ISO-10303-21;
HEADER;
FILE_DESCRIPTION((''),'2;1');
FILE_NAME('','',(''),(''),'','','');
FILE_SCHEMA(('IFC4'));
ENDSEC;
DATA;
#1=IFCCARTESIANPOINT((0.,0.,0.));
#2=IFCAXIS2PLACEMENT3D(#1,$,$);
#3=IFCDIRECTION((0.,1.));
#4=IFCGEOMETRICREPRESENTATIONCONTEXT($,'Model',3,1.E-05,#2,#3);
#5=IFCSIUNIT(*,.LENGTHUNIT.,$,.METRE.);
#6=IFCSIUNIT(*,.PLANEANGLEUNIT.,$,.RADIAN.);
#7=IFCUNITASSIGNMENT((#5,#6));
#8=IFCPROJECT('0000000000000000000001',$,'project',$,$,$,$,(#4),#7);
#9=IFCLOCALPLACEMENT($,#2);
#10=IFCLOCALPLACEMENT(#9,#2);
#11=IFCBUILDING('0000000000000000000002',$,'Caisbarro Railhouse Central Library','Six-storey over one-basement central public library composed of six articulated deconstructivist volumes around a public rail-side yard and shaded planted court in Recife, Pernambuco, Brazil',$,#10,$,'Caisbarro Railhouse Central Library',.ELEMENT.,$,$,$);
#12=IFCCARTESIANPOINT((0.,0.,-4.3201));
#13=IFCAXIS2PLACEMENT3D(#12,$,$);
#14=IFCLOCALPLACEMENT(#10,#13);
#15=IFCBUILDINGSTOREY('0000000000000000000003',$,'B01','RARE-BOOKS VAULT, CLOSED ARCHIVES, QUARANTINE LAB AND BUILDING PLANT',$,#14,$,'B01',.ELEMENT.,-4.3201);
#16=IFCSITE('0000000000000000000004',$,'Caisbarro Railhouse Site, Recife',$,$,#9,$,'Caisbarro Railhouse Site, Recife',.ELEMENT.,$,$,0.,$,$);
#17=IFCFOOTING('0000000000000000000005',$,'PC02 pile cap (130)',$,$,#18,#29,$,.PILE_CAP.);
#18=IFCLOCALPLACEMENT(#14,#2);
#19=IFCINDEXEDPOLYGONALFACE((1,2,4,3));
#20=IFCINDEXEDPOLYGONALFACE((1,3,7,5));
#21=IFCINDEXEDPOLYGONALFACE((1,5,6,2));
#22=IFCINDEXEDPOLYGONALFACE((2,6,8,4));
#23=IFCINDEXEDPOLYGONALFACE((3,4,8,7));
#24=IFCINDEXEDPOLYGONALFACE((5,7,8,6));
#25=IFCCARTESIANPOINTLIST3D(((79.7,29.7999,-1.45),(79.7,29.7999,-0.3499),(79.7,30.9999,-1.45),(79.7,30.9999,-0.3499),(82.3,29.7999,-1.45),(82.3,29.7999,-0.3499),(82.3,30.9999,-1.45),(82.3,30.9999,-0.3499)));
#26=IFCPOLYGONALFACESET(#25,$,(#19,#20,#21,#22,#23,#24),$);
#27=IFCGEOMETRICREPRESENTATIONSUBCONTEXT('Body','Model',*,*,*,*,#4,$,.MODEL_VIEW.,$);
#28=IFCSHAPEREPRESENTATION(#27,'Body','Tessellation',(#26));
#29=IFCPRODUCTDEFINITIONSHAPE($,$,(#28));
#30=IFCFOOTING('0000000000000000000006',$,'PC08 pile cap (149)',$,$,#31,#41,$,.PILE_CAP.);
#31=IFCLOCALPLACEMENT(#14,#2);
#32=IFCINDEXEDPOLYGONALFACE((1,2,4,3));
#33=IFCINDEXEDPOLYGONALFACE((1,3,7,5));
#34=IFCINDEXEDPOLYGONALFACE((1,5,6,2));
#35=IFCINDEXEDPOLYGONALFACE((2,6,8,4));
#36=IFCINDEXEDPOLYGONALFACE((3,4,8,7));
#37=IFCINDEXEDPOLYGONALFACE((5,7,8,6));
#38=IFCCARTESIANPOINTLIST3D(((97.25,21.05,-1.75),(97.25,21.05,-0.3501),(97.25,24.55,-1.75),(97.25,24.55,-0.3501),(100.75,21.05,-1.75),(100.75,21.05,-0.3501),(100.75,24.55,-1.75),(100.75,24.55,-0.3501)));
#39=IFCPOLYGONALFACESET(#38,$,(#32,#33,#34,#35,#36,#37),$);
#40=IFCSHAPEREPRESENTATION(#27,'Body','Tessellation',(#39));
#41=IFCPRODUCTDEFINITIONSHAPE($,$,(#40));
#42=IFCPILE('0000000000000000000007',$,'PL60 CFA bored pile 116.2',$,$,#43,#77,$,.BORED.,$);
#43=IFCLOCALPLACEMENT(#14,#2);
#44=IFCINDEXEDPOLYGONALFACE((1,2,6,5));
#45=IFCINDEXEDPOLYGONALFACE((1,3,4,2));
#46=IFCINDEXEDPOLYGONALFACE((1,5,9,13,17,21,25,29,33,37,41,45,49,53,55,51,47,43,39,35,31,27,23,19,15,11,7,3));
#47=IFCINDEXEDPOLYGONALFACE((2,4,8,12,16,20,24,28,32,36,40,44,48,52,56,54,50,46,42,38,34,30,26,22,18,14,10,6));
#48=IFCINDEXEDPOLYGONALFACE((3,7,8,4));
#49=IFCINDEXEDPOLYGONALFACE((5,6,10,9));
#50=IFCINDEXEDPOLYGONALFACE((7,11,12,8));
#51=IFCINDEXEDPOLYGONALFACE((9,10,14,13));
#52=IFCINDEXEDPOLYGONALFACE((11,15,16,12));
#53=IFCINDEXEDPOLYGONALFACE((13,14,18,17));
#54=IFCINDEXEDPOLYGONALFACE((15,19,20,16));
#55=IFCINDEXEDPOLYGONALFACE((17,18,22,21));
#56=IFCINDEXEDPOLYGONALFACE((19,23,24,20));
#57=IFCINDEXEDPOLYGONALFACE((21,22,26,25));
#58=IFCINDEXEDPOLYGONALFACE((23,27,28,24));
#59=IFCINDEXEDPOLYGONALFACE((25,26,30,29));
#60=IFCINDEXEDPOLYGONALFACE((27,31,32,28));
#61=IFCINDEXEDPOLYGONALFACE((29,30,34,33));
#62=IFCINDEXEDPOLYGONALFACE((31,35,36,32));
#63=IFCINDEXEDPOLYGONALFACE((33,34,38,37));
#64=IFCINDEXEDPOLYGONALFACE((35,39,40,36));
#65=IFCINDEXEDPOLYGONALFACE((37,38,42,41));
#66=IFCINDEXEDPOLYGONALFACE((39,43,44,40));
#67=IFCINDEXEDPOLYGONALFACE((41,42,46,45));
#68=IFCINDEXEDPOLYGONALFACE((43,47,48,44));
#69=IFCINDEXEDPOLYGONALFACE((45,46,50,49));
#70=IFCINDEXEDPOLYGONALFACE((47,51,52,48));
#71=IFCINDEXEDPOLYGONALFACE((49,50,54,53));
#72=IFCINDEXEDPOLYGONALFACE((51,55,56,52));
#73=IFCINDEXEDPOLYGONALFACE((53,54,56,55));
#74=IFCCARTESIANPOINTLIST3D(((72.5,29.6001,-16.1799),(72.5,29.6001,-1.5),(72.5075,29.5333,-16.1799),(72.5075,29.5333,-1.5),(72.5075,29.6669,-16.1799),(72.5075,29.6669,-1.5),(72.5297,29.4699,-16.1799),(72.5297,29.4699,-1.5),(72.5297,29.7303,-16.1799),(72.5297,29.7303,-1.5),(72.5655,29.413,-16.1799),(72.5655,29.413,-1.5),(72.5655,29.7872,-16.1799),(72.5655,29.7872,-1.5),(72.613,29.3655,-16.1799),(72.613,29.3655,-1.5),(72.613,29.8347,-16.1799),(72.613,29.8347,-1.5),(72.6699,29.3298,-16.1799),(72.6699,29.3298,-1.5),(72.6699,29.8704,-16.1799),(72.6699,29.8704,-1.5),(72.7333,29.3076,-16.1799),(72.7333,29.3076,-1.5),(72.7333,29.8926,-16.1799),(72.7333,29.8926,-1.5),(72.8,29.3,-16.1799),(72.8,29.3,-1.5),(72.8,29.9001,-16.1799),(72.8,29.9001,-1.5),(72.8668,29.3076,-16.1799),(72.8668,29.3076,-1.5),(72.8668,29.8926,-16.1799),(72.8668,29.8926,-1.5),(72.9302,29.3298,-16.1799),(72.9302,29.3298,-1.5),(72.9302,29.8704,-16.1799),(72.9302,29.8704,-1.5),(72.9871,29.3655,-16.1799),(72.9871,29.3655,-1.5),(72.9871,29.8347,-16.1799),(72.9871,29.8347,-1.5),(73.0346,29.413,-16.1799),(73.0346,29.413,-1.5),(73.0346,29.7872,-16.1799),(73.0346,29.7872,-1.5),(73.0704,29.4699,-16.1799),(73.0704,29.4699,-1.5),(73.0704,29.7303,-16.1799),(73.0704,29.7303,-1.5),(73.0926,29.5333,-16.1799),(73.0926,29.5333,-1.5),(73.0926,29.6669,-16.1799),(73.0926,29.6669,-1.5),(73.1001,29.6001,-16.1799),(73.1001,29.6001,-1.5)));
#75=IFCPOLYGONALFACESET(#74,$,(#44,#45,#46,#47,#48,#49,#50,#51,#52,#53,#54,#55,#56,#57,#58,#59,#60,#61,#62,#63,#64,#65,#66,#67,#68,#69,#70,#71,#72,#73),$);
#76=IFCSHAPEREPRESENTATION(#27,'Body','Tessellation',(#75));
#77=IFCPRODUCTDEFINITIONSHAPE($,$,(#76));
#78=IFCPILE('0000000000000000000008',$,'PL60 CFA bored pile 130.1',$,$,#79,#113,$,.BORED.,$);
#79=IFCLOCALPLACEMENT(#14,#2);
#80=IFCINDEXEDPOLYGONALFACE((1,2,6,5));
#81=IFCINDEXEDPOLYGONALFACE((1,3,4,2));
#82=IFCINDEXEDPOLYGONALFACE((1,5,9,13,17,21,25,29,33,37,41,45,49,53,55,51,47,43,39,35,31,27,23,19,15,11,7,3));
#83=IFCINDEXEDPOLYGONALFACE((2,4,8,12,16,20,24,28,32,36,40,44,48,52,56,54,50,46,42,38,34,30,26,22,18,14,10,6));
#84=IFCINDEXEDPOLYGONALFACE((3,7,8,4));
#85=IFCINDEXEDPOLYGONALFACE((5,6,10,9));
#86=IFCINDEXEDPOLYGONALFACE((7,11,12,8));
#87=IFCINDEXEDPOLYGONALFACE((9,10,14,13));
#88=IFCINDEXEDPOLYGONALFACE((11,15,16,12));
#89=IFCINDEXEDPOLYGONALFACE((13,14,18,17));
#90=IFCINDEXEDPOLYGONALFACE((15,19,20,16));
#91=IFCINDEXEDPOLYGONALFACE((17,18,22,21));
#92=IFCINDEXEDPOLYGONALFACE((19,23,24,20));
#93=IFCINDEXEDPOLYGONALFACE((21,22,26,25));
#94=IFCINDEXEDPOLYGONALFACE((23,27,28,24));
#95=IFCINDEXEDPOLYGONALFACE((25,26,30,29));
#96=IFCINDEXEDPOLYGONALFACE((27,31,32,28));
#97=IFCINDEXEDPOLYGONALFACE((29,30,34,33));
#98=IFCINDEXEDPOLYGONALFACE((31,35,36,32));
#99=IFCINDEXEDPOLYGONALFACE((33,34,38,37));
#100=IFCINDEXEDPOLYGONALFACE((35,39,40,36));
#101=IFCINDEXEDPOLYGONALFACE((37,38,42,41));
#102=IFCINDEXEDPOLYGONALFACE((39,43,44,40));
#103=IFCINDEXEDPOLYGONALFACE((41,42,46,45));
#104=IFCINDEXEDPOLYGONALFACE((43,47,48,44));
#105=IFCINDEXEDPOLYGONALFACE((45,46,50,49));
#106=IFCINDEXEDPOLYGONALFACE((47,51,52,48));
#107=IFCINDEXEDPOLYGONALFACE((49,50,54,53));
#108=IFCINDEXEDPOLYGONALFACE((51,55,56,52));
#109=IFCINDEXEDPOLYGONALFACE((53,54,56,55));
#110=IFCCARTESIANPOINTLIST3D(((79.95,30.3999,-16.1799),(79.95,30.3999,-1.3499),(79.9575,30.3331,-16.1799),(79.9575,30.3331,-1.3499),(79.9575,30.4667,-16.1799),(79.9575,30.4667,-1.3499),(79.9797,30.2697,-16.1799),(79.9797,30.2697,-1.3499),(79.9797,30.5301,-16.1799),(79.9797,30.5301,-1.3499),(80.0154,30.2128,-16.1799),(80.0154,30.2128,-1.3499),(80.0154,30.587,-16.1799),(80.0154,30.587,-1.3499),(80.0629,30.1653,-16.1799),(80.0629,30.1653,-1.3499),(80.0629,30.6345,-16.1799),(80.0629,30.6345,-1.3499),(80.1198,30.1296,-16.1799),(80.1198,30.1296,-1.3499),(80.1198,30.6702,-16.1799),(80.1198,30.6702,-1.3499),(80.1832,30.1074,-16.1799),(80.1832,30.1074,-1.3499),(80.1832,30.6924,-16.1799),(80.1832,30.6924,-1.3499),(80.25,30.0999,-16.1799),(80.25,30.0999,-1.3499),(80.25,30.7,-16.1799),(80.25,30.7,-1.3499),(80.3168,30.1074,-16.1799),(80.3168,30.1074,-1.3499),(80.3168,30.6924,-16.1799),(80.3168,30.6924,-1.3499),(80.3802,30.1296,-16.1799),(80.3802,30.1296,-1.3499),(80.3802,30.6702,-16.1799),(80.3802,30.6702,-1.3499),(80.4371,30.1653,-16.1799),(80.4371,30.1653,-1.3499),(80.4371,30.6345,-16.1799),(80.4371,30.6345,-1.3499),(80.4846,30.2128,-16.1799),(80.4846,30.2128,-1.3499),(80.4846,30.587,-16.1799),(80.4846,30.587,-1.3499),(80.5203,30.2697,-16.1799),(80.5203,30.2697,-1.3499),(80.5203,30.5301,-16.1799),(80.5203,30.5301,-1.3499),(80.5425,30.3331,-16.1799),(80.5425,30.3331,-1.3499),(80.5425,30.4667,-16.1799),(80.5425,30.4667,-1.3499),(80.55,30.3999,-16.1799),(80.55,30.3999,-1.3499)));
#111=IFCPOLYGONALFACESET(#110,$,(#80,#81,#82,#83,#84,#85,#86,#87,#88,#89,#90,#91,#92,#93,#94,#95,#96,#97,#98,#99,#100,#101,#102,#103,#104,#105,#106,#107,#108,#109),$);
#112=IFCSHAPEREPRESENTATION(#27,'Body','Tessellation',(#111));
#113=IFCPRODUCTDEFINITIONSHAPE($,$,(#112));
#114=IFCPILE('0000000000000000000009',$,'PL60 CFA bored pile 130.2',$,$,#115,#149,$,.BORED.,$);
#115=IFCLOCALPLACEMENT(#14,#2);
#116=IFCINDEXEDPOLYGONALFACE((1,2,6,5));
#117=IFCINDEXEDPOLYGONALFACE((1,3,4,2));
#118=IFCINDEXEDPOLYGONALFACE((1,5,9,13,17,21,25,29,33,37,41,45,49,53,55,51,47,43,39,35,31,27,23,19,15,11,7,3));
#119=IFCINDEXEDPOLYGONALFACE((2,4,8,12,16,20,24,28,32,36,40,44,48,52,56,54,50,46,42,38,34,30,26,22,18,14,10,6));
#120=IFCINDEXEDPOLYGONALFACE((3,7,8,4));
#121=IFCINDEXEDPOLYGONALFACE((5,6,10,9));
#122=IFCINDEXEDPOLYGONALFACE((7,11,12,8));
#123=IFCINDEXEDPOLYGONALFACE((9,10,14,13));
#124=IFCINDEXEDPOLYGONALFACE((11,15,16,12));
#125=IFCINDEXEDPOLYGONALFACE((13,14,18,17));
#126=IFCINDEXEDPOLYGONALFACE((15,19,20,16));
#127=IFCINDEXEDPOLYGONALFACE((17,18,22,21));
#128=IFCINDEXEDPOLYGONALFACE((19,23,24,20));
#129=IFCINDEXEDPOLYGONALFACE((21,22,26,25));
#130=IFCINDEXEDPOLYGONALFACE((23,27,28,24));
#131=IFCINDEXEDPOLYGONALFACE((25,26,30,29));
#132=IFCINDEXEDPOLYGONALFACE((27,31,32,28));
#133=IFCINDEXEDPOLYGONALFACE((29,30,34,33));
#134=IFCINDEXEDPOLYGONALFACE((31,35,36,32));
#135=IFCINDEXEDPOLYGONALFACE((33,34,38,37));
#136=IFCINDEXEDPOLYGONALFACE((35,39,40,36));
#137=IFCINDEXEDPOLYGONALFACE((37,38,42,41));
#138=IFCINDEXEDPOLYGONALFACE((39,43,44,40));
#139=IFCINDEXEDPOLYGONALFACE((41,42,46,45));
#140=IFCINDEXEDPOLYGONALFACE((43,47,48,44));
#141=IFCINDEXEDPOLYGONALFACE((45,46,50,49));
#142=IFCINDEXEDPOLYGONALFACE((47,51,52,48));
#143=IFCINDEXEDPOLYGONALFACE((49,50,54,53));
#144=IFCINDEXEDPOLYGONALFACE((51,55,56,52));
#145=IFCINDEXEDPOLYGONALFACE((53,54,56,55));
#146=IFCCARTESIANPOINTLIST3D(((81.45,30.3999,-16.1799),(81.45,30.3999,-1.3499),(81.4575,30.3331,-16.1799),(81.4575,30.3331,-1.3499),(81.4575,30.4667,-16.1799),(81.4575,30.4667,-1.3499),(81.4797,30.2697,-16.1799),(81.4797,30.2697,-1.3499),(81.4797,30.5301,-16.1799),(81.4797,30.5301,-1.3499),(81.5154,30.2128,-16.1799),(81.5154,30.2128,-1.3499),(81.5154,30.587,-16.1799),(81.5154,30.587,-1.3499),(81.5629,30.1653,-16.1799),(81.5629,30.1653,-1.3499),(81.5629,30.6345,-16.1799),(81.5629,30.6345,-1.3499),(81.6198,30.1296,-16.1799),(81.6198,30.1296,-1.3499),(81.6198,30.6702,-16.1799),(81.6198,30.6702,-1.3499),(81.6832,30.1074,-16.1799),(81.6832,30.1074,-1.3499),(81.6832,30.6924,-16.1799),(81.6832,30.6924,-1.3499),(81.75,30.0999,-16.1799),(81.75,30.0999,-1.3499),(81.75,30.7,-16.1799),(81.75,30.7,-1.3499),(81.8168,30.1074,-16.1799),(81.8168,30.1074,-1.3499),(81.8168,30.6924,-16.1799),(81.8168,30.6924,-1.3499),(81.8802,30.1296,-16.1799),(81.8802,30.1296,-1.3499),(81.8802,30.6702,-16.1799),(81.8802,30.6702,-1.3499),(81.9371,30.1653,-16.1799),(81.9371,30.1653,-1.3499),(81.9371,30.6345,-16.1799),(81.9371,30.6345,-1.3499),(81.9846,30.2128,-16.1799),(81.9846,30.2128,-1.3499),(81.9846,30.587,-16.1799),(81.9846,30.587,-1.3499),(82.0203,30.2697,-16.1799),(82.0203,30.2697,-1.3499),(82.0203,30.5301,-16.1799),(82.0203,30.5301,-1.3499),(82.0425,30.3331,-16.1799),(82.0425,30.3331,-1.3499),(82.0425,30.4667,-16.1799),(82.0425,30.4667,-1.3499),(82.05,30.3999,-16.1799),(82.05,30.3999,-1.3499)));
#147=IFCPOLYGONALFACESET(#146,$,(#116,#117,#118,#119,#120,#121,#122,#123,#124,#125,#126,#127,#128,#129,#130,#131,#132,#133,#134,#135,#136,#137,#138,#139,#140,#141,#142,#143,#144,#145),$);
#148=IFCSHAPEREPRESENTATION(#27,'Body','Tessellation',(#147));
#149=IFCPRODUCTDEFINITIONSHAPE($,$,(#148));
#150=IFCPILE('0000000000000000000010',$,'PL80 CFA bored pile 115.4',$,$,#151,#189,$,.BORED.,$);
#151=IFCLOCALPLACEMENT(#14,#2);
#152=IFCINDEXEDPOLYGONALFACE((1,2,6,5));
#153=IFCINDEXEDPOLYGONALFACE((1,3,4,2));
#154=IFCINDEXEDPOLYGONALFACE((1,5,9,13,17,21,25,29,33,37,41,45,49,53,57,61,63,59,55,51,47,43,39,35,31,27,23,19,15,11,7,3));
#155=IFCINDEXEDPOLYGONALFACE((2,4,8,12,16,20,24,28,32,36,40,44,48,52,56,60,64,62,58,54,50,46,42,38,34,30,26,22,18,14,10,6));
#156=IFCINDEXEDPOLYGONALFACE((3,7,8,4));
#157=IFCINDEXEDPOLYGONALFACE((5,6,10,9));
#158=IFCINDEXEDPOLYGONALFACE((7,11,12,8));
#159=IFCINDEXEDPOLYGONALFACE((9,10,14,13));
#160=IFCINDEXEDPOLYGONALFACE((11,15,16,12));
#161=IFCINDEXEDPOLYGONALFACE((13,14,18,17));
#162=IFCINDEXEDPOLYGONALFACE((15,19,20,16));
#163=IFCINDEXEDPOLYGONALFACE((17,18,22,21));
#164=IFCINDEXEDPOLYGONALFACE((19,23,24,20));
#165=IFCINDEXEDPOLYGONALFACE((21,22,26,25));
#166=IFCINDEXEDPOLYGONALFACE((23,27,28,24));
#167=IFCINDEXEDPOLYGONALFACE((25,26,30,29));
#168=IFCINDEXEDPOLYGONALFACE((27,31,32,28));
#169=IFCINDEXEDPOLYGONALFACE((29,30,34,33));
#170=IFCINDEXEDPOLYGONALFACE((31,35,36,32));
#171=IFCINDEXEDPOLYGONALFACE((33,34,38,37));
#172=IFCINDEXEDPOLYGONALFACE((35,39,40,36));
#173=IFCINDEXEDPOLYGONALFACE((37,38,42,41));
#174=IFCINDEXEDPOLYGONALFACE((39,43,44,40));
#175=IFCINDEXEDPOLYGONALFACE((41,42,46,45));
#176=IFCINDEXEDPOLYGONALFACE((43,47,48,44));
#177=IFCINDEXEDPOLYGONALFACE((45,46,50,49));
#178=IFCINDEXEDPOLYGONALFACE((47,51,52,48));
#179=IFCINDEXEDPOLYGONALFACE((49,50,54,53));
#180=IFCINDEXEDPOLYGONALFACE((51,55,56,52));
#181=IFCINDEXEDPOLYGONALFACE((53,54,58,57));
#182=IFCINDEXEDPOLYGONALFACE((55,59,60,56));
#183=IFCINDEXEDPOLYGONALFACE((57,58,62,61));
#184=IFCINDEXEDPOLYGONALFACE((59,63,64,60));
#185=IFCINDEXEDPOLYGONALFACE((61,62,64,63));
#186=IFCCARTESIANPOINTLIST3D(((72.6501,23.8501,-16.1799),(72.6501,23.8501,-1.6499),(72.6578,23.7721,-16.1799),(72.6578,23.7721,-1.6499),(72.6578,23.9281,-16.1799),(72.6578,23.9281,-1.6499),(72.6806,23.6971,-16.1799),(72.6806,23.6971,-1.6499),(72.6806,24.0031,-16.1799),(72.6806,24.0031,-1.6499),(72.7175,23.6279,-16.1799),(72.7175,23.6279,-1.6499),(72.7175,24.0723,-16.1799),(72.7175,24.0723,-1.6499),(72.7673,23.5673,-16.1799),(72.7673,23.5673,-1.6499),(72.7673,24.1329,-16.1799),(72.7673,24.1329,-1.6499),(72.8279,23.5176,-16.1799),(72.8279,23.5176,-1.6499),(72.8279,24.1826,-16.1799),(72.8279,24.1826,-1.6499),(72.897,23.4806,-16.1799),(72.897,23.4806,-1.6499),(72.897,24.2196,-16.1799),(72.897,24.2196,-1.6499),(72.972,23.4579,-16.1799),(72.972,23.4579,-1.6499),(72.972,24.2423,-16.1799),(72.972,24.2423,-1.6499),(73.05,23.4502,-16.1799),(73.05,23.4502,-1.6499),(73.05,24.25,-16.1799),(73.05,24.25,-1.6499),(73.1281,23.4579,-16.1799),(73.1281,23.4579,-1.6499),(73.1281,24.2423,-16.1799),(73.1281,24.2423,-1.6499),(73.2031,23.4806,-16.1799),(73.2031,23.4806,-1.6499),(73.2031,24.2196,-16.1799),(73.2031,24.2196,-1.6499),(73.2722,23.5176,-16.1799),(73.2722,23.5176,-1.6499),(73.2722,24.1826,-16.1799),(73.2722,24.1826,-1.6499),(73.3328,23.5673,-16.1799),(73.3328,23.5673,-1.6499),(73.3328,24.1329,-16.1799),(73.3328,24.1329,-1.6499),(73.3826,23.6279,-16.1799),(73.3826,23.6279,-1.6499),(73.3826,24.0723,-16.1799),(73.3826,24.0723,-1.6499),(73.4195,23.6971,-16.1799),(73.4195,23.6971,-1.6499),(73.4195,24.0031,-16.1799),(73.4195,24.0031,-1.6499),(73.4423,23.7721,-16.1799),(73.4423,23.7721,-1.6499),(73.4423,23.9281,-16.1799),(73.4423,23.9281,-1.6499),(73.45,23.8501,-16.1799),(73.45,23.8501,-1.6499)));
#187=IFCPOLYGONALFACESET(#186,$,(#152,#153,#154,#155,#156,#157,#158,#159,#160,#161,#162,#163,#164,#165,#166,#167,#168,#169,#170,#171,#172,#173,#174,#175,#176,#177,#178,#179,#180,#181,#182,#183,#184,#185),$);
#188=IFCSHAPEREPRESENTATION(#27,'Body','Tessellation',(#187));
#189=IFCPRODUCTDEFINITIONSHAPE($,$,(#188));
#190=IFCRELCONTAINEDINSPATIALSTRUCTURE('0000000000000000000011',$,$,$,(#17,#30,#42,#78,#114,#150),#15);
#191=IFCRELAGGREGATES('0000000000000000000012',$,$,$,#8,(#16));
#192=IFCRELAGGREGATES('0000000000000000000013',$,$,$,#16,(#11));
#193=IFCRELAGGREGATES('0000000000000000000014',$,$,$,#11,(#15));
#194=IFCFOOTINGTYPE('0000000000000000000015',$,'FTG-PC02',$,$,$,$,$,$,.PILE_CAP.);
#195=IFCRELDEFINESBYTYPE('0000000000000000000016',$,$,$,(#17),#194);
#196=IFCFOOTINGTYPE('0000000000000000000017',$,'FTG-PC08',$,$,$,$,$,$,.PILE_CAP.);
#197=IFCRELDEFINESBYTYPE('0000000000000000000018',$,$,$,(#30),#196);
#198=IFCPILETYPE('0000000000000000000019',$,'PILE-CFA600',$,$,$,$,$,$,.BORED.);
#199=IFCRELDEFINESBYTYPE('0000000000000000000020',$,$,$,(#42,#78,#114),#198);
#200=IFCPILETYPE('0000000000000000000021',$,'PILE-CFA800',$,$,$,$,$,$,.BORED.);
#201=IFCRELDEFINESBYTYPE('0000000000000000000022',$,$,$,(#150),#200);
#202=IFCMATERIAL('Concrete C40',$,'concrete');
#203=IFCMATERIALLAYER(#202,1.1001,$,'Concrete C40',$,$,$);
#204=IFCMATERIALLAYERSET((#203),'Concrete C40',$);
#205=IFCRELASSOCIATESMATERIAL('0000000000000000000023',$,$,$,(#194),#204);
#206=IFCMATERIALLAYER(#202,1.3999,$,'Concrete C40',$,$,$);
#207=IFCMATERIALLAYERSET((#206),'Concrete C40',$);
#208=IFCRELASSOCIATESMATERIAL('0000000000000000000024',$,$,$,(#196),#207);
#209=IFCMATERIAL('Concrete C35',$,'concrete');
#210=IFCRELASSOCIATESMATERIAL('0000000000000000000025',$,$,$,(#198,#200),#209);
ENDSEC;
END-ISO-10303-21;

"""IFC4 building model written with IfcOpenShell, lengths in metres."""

from ifc_helpers import new_model, si_unit, direction, frame, origin, origin_2d, place, context, subcontext, project, spatial, rectangle, circle, extrude, material, layer, layer_set, material_profile, profile_set, type_object, element, save


model = new_model("IFC4")

# Units and contexts
model_context = context("Model", 3, precision=1e-05, world=origin(), true_north=direction((0.0, 1.0)))
body_context = subcontext(model_context, "Body", "Model", "MODEL_VIEW")
ifc_project = project(units=[si_unit("LENGTHUNIT", "METRE"), si_unit("PLANEANGLEUNIT", "RADIAN")], contexts=[model_context])

# Site, building, storey
site_placement = place(None, origin())
site = spatial("IfcSite", under=ifc_project, at=site_placement, Name="Caisbarro Railhouse Site, Recife", LongName="Caisbarro Railhouse Site, Recife", CompositionType="ELEMENT", RefElevation=0.0)
building_placement = place(site_placement, origin())
building = spatial("IfcBuilding", under=site, at=building_placement, Name="Caisbarro Railhouse Central Library", Description="Six-storey over one-basement central public library composed of six articulated deconstructivist volumes around a public rail-side yard and shaded planted court in Recife, Pernambuco, Brazil", LongName="Caisbarro Railhouse Central Library", CompositionType="ELEMENT")
storey_placement = place(building_placement, frame((0.0, 0.0, -4.3201)))
storey = spatial("IfcBuildingStorey", under=building, at=storey_placement, Name="B01", Description="RARE-BOOKS VAULT, CLOSED ARCHIVES, QUARANTINE LAB AND BUILDING PLANT", LongName="B01", CompositionType="ELEMENT", Elevation=-4.3201)

# Footings
ifc_material_1 = material(Name="Concrete C40", Category="concrete")
ifc_layer_1 = layer(ifc_material_1, 1.1001, Name="Concrete C40")
ifc_layer_set_1 = layer_set([ifc_layer_1], Name="Concrete C40")
footing_type_1 = type_object("IfcFootingType", Name="FTG-PC02", PredefinedType="PILE_CAP", material=ifc_layer_set_1)
footing_1_placement = place(storey_placement, frame((81.0, 30.3999, -1.45), z_axis=(0.0, 0.0, 1.0), x_axis=(1.0, 0.0, 0.0)))
element("IfcFooting", 1, at=footing_1_placement, inside=storey, type_object=footing_type_1, Name="PC02 pile cap (130)", PredefinedType="PILE_CAP", context=body_context, shape_type="SweptSolid", body=[
    extrude(rectangle(XDim=2.6001, YDim=1.2, at=origin_2d()), origin(), (0.0, 0.0, 1.0), 1.1001),
])
ifc_layer_2 = layer(ifc_material_1, 1.3999, Name="Concrete C40")
ifc_layer_set_2 = layer_set([ifc_layer_2], Name="Concrete C40")
footing_type_2 = type_object("IfcFootingType", Name="FTG-PC08", PredefinedType="PILE_CAP", material=ifc_layer_set_2)
footing_2_placement = place(storey_placement, frame((99.0, 22.8, -1.75), z_axis=(0.0, 0.0, 1.0), x_axis=(1.0, 0.0, 0.0)))
element("IfcFooting", 2, at=footing_2_placement, inside=storey, type_object=footing_type_2, Name="PC08 pile cap (149)", PredefinedType="PILE_CAP", context=body_context, shape_type="SweptSolid", body=[
    extrude(rectangle(XDim=3.5, YDim=3.5, at=origin_2d()), origin(), (0.0, 0.0, 1.0), 1.3999),
])

# Piles
ifc_material_2 = material(Name="Concrete C35", Category="concrete")
ifc_material_profile_1 = material_profile(ifc_material_2, circle(Radius=0.3, at=origin_2d()), Name="PILE-CFA-600")
ifc_profile_set_1 = profile_set([ifc_material_profile_1], Name="Concrete C35")
pile_type_1 = type_object("IfcPileType", Name="PILE-CFA600", PredefinedType="BORED", material=ifc_profile_set_1)
pile_placement = place(storey_placement, frame((72.8, 29.6001, -1.5), z_axis=(0.0, 0.0, -1.0), x_axis=(1.0, 0.0, 0.0)))
element("IfcPile", 3, at=pile_placement, inside=storey, type_object=pile_type_1, Name="PL60 CFA bored pile 116.2", PredefinedType="BORED", context=body_context, shape_type="SweptSolid", body=[
    extrude(circle(Radius=0.3, at=origin_2d()), origin(), (0.0, 0.0, 1.0), 14.6799),
])
for number, where, z_axis, x_axis, name in (
    (4, (80.25, 30.3999, -1.3499), (0.0, 0.0, -1.0), (1.0, 0.0, 0.0), "PL60 CFA bored pile 130.1"),
    (5, (81.75, 30.3999, -1.3499), (0.0, 0.0, -1.0), (1.0, 0.0, 0.0), "PL60 CFA bored pile 130.2"),
):
    element("IfcPile", number, at=place(storey_placement, frame(where, z_axis=z_axis, x_axis=x_axis)), inside=storey, type_object=pile_type_1, Name=name, PredefinedType="BORED", context=body_context, shape_type="SweptSolid", body=[
        extrude(circle(Radius=0.3, at=origin_2d()), origin(), (0.0, 0.0, 1.0), 14.8301),
    ])
ifc_material_profile_2 = material_profile(ifc_material_2, circle(Radius=0.3999, at=origin_2d()), Name="PILE-CFA-800")
ifc_profile_set_2 = profile_set([ifc_material_profile_2], Name="Concrete C35")
pile_type_2 = type_object("IfcPileType", Name="PILE-CFA800", PredefinedType="BORED", material=ifc_profile_set_2)
for number, where, z_axis, x_axis, name in (
    (6, (73.05, 23.8501, -1.6499), (0.0, 0.0, -1.0), (1.0, 0.0, 0.0), "PL80 CFA bored pile 115.4"),
):
    element("IfcPile", number, at=place(storey_placement, frame(where, z_axis=z_axis, x_axis=x_axis)), inside=storey, type_object=pile_type_2, Name=name, PredefinedType="BORED", context=body_context, shape_type="SweptSolid", body=[
        extrude(circle(Radius=0.3999, at=origin_2d()), origin(), (0.0, 0.0, 1.0), 14.53),
    ])

save(model, "model.ifc")
